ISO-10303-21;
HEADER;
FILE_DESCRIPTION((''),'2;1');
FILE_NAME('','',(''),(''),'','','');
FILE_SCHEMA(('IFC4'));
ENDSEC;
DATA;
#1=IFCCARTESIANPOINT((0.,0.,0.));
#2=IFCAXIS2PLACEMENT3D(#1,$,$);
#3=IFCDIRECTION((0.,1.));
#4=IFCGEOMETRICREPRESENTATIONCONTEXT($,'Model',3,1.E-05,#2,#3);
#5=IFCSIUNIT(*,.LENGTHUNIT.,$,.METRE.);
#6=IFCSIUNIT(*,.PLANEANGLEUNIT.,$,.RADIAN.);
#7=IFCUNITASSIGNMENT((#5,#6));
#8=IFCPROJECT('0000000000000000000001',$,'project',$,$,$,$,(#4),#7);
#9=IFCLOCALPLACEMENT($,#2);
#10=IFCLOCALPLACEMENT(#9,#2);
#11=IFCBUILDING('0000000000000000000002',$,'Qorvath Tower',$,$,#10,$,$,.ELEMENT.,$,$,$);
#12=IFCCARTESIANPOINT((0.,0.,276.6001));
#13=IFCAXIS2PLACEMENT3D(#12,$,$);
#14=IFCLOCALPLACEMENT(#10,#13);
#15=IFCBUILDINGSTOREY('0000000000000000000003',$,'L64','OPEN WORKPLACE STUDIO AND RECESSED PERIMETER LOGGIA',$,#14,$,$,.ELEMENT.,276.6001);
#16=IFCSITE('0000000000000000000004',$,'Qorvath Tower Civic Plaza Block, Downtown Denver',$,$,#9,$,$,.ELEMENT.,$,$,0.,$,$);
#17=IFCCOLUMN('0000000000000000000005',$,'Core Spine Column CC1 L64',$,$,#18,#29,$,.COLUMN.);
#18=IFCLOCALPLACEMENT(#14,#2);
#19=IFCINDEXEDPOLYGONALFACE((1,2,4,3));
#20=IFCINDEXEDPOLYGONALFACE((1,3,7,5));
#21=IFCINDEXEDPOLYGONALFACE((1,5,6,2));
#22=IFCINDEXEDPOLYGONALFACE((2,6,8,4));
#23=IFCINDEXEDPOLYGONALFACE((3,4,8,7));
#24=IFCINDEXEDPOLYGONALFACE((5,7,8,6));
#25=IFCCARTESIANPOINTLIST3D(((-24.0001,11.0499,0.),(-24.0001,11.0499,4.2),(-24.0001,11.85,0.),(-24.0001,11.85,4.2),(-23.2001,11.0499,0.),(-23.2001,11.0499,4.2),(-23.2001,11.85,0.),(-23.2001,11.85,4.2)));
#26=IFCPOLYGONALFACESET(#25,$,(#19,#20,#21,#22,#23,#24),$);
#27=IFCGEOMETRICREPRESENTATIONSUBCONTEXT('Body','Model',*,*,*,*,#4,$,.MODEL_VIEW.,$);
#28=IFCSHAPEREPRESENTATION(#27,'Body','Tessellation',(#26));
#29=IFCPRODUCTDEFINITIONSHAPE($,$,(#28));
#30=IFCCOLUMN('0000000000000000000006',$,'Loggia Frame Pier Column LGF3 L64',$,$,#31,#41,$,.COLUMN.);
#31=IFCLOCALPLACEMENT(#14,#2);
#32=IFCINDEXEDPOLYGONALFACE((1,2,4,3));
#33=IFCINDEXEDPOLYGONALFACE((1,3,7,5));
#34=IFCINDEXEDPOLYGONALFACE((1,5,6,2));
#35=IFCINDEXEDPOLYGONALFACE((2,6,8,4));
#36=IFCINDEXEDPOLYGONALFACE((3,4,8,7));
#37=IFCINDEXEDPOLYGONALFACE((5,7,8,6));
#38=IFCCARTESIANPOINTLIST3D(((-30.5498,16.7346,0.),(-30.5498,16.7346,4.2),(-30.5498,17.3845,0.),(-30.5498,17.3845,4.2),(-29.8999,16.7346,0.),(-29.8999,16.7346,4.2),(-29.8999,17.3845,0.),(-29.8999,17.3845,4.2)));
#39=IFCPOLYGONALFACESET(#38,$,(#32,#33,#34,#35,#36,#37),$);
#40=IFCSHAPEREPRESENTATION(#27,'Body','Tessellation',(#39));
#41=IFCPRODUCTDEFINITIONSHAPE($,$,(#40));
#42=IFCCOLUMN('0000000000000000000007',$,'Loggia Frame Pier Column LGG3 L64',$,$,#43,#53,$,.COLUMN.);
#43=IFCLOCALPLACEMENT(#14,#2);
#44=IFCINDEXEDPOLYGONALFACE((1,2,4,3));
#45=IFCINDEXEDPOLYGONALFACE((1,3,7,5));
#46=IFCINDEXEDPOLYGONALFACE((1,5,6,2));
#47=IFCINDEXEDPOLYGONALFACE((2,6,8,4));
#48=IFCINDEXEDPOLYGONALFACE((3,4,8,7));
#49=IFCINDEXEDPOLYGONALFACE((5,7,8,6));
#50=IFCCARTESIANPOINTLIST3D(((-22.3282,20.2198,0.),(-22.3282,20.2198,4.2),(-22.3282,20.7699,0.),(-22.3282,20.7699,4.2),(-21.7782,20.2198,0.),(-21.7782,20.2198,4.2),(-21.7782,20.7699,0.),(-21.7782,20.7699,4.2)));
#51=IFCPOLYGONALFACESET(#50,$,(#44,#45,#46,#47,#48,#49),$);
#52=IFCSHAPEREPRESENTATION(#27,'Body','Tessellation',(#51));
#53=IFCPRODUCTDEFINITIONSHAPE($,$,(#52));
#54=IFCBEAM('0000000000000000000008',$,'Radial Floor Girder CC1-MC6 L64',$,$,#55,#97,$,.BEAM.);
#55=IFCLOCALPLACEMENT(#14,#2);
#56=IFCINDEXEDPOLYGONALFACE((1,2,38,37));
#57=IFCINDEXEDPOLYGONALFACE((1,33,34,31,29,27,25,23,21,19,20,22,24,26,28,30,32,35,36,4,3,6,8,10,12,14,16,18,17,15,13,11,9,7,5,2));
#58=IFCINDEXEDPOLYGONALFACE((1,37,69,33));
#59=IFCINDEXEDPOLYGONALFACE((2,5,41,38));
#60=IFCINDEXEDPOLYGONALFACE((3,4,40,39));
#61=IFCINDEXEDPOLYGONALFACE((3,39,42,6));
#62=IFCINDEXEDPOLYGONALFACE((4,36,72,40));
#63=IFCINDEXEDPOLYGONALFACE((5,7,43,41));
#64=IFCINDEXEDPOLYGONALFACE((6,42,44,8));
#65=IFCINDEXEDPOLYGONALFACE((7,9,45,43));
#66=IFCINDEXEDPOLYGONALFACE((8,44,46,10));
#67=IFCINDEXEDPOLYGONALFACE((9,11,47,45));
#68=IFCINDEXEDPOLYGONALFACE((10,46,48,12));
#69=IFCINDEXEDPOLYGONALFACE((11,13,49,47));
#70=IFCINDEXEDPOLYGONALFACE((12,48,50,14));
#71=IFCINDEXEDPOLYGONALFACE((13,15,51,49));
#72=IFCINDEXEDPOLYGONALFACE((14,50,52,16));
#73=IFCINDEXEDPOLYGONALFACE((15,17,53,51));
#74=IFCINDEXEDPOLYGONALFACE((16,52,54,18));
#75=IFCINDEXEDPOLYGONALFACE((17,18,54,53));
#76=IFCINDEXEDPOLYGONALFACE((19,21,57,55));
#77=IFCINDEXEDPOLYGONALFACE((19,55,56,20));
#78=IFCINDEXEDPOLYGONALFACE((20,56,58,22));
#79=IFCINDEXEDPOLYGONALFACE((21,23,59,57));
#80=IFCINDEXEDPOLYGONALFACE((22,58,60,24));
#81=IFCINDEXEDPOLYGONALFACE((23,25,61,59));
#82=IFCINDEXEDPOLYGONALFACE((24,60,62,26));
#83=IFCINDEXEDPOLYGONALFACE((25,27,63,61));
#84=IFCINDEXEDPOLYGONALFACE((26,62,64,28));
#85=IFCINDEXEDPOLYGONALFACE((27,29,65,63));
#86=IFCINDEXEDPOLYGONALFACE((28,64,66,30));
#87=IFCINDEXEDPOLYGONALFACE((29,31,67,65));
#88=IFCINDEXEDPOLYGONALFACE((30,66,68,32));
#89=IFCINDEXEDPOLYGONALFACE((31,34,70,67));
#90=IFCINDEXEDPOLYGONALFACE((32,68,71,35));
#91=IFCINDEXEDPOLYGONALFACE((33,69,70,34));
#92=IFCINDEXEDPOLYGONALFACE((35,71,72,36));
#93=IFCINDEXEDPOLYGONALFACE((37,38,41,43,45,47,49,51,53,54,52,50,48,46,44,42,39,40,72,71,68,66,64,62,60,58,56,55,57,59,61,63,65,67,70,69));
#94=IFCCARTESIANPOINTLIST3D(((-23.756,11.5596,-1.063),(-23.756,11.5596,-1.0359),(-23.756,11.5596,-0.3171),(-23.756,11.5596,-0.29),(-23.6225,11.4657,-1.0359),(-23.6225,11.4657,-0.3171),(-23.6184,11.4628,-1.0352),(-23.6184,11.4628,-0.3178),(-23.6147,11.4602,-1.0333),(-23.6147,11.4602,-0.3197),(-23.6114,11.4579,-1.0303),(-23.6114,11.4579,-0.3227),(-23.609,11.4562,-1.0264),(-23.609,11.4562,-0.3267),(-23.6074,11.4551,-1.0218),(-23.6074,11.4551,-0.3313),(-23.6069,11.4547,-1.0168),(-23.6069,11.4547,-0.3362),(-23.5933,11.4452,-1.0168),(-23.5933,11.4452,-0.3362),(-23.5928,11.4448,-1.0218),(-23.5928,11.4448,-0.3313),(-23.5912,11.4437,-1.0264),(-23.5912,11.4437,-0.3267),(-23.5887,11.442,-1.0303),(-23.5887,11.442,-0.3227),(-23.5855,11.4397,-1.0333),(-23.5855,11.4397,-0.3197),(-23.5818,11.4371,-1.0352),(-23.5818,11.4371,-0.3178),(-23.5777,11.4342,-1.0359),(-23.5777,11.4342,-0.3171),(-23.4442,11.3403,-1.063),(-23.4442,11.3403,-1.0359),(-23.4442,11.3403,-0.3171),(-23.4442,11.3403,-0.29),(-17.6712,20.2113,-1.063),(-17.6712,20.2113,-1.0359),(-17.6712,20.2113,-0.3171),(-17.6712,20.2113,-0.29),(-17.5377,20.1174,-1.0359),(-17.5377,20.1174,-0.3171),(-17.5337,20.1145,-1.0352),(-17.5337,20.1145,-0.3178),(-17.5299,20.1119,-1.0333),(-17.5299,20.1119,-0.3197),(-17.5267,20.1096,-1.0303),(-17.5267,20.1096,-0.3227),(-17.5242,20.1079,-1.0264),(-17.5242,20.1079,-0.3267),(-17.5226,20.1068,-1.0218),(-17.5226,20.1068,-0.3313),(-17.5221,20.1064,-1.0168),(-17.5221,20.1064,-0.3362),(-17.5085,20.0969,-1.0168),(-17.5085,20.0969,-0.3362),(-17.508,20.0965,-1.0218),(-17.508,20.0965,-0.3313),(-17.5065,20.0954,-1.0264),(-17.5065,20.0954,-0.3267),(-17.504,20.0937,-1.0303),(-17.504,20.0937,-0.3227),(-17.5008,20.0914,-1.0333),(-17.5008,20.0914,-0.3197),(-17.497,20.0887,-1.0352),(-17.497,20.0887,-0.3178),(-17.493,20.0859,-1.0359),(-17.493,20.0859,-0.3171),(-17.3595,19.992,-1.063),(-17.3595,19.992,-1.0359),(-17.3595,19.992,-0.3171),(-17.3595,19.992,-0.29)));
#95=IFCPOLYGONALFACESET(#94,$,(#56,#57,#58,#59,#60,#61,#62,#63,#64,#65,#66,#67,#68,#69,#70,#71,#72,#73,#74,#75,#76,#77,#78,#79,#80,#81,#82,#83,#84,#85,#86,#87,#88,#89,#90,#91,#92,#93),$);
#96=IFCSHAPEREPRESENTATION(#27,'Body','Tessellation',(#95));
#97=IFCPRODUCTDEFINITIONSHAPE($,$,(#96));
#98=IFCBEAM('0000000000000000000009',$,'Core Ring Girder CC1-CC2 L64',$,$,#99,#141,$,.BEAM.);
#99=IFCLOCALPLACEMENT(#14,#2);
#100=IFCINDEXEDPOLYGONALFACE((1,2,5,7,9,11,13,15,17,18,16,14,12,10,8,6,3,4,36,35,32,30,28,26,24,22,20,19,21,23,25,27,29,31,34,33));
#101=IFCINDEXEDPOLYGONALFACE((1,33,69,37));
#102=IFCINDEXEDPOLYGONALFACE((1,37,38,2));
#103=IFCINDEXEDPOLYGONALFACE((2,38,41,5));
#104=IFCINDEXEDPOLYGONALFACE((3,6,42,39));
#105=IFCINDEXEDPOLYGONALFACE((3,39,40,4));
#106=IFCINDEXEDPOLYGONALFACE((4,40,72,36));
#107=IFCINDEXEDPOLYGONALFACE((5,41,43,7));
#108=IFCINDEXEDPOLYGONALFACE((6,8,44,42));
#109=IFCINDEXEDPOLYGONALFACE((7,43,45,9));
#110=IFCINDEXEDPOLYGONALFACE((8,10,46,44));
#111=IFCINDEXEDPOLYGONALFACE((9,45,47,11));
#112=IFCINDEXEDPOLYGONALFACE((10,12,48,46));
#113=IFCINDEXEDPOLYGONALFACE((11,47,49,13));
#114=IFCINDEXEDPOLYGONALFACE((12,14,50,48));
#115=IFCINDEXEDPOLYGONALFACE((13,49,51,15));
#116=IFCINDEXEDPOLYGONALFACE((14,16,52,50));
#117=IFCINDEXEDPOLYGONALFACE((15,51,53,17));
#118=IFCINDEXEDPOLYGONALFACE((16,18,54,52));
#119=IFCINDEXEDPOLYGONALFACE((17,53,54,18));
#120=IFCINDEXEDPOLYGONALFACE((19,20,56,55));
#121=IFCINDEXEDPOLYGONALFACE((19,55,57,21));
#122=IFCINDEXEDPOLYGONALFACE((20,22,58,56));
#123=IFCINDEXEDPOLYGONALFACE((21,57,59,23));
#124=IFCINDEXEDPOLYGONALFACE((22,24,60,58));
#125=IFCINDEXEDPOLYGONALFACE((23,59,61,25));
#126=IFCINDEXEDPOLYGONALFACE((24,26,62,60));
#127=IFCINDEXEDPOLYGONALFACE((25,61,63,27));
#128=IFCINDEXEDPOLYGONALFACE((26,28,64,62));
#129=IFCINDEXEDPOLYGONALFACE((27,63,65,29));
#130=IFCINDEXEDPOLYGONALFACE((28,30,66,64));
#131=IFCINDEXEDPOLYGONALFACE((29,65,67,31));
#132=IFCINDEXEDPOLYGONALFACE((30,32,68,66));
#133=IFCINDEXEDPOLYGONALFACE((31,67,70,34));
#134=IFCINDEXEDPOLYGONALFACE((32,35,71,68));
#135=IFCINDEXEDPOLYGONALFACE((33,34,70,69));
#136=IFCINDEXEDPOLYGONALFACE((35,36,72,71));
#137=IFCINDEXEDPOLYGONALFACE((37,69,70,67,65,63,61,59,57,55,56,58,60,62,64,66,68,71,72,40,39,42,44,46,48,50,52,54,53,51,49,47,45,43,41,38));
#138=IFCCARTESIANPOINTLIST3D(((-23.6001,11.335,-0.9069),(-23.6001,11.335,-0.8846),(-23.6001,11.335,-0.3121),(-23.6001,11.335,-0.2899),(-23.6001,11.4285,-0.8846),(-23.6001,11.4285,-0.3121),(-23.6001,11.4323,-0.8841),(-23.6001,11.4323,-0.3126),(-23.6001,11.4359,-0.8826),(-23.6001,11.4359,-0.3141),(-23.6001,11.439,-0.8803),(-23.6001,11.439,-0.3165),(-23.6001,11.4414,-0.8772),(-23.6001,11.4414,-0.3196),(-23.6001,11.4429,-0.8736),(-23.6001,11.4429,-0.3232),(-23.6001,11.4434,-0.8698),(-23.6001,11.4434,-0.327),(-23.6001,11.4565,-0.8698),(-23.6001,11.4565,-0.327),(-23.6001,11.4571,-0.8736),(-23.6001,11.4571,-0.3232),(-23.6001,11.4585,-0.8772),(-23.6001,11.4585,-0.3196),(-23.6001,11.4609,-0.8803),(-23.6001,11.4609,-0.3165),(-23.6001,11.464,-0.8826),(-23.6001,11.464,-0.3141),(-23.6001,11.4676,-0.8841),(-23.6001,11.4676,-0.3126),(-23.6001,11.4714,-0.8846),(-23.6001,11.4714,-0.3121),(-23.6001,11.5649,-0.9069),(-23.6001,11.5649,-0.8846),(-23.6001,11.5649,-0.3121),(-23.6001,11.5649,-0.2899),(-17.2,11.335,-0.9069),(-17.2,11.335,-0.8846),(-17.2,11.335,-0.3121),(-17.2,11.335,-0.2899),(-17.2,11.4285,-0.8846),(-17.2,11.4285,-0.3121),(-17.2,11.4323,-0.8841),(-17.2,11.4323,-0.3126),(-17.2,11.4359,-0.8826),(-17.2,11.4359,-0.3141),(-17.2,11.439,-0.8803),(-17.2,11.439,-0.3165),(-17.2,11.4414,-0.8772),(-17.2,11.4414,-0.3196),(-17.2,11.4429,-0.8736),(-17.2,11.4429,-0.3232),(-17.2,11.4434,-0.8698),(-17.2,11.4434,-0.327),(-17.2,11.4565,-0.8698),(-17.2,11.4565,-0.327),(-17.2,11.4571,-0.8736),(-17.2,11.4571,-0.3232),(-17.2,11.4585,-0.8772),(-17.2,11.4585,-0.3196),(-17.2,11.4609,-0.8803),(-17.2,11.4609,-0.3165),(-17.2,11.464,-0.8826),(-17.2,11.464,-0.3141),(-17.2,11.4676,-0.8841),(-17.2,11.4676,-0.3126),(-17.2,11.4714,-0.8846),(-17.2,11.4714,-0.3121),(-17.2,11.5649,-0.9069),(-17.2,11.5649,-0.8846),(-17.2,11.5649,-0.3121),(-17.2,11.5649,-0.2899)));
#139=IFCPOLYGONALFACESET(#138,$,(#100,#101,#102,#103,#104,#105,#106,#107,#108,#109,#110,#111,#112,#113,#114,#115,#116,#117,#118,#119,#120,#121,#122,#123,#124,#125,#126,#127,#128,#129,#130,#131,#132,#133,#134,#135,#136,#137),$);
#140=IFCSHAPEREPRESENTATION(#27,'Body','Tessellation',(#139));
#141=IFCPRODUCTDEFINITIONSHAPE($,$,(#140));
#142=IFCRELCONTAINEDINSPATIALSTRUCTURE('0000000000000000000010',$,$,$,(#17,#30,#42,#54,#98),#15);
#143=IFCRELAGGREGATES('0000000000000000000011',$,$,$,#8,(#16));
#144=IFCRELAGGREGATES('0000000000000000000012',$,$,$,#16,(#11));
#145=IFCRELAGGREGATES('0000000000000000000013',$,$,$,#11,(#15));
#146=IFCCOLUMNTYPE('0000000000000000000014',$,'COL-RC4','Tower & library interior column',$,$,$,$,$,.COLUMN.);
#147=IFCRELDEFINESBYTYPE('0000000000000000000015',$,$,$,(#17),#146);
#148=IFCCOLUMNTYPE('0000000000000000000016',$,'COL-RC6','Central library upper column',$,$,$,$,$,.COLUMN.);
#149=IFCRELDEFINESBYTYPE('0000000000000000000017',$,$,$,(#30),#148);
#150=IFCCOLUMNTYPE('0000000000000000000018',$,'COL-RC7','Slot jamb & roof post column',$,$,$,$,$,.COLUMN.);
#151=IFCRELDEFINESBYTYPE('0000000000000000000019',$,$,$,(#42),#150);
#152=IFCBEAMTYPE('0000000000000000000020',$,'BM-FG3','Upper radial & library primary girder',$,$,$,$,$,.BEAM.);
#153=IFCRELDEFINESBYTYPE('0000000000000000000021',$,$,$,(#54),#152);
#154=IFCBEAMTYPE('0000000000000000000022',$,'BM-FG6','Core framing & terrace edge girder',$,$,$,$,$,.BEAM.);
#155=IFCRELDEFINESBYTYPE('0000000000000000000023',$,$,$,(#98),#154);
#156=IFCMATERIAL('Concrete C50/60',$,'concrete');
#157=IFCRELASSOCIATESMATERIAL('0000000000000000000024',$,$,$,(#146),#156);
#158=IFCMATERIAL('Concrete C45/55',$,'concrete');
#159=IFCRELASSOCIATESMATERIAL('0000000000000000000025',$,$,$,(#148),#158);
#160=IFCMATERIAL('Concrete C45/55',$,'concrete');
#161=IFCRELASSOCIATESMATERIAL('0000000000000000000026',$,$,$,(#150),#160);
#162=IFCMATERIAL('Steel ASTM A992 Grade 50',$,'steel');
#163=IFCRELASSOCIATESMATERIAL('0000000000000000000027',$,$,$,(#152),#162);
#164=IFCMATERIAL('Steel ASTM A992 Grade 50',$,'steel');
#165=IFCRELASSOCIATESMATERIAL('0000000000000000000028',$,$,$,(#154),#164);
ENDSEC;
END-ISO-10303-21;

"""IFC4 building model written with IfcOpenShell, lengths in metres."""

from ifc_helpers import new_model, si_unit, direction, frame, origin, origin_2d, place, context, subcontext, project, spatial, rectangle, i_section, extrude, material, material_profile, profile_set, type_object, element, save


model = new_model("IFC4")

# Units and contexts
model_context = context("Model", 3, precision=1e-05, world=origin(), true_north=direction((0.0, 1.0)))
body_context = subcontext(model_context, "Body", "Model", "MODEL_VIEW")
ifc_project = project(units=[si_unit("LENGTHUNIT", "METRE"), si_unit("PLANEANGLEUNIT", "RADIAN")], contexts=[model_context])

# Site, building, storey
site_placement = place(None, origin())
site = spatial("IfcSite", under=ifc_project, at=site_placement, Name="Qorvath Tower Civic Plaza Block, Downtown Denver", CompositionType="ELEMENT", RefElevation=0.0)
building_placement = place(site_placement, origin())
building = spatial("IfcBuilding", under=site, at=building_placement, Name="Qorvath Tower", CompositionType="ELEMENT")
storey_placement = place(building_placement, frame((0.0, 0.0, 276.6001)))
storey = spatial("IfcBuildingStorey", under=building, at=storey_placement, Name="L64", Description="OPEN WORKPLACE STUDIO AND RECESSED PERIMETER LOGGIA", CompositionType="ELEMENT", Elevation=276.6001)

# Columns
ifc_material_1 = material(Name="Concrete C50/60", Category="concrete")
ifc_material_profile_1 = material_profile(ifc_material_1, rectangle(XDim=0.8, YDim=0.8, at=origin_2d()), Name="RC 800x800")
ifc_profile_set_1 = profile_set([ifc_material_profile_1], Name="Concrete C50/60")
column_type_1 = type_object("IfcColumnType", Name="COL-RC4", Description="Tower & library interior column", PredefinedType="COLUMN", material=ifc_profile_set_1)
column_1_placement = place(storey_placement, frame((-23.6001, 11.45, 0.0), z_axis=(0.0, 0.0, 1.0), x_axis=(1.0, 0.0, 0.0)))
element("IfcColumn", 1, at=column_1_placement, inside=storey, type_object=column_type_1, Name="Core Spine Column CC1 L64", PredefinedType="COLUMN", context=body_context, shape_type="SweptSolid", body=[
    extrude(rectangle(XDim=0.8, YDim=0.8, at=origin_2d()), origin(), (0.0, 0.0, 1.0), 4.2),
])
ifc_material_2 = material(Name="Concrete C45/55", Category="concrete")
ifc_material_profile_2 = material_profile(ifc_material_2, rectangle(XDim=0.6499, YDim=0.6499, at=origin_2d()), Name="RC 650x650")
ifc_profile_set_2 = profile_set([ifc_material_profile_2], Name="Concrete C45/55")
column_type_2 = type_object("IfcColumnType", Name="COL-RC6", Description="Central library upper column", PredefinedType="COLUMN", material=ifc_profile_set_2)
column_2_placement = place(storey_placement, frame((-30.2249, 17.0596, 0.0), z_axis=(0.0, 0.0, 1.0), x_axis=(1.0, 0.0, 0.0)))
element("IfcColumn", 2, at=column_2_placement, inside=storey, type_object=column_type_2, Name="Loggia Frame Pier Column LGF3 L64", PredefinedType="COLUMN", context=body_context, shape_type="SweptSolid", body=[
    extrude(rectangle(XDim=0.6499, YDim=0.6499, at=origin_2d()), origin(), (0.0, 0.0, 1.0), 4.2),
])
ifc_material_3 = material(Name="Concrete C45/55", Category="concrete")
ifc_material_profile_3 = material_profile(ifc_material_3, rectangle(XDim=0.55, YDim=0.55, at=origin_2d()), Name="RC 550x550")
ifc_profile_set_3 = profile_set([ifc_material_profile_3], Name="Concrete C45/55")
column_type_3 = type_object("IfcColumnType", Name="COL-RC7", Description="Slot jamb & roof post column", PredefinedType="COLUMN", material=ifc_profile_set_3)
column_3_placement = place(storey_placement, frame((-22.0532, 20.4949, 0.0), z_axis=(0.0, 0.0, 1.0), x_axis=(1.0, 0.0, 0.0)))
element("IfcColumn", 3, at=column_3_placement, inside=storey, type_object=column_type_3, Name="Loggia Frame Pier Column LGG3 L64", PredefinedType="COLUMN", context=body_context, shape_type="SweptSolid", body=[
    extrude(rectangle(XDim=0.55, YDim=0.55, at=origin_2d()), origin(), (0.0, 0.0, 1.0), 4.2),
])

# Beams
ifc_material_4 = material(Name="Steel ASTM A992 Grade 50", Category="steel")
ifc_material_profile_4 = material_profile(ifc_material_4, i_section(OverallWidth=0.3811, OverallDepth=0.7729, WebThickness=0.0166, FlangeThickness=0.0271, FilletRadius=0.019, at=origin_2d()), Name="W30x173")
ifc_profile_set_4 = profile_set([ifc_material_profile_4], Name="Steel ASTM A992 Grade 50")
beam_type_1 = type_object("IfcBeamType", Name="BM-FG3", Description="Upper radial & library primary girder", PredefinedType="BEAM", material=ifc_profile_set_4)
beam_1_placement = place(storey_placement, frame((-23.6001, 11.45, -0.6765), z_axis=(0.575275, 0.81796, 0.0), x_axis=(-0.81796, 0.575275, 0.0)))
element("IfcBeam", 4, at=beam_1_placement, inside=storey, type_object=beam_type_1, Name="Radial Floor Girder CC1-MC6 L64", PredefinedType="BEAM", context=body_context, shape_type="SweptSolid", body=[
    extrude(i_section(OverallWidth=0.3811, OverallDepth=0.7729, WebThickness=0.0166, FlangeThickness=0.0271, FilletRadius=0.019, at=origin_2d()), origin(), (0.0, 0.0, 1.0), 10.5771),
])
ifc_material_5 = material(Name="Steel ASTM A992 Grade 50", Category="steel")
ifc_material_profile_5 = material_profile(ifc_material_5, i_section(OverallWidth=0.23, OverallDepth=0.6169, WebThickness=0.0132, FlangeThickness=0.0222, FilletRadius=0.0149, at=origin_2d()), Name="W24x94")
ifc_profile_set_5 = profile_set([ifc_material_profile_5], Name="Steel ASTM A992 Grade 50")
beam_type_2 = type_object("IfcBeamType", Name="BM-FG6", Description="Core framing & terrace edge girder", PredefinedType="BEAM", material=ifc_profile_set_5)
beam_2_placement = place(storey_placement, frame((-23.6001, 11.45, -0.5984), z_axis=(1.0, 0.0, 0.0), x_axis=(0.0, 1.0, 0.0)))
element("IfcBeam", 5, at=beam_2_placement, inside=storey, type_object=beam_type_2, Name="Core Ring Girder CC1-CC2 L64", PredefinedType="BEAM", context=body_context, shape_type="SweptSolid", body=[
    extrude(i_section(OverallWidth=0.23, OverallDepth=0.6169, WebThickness=0.0132, FlangeThickness=0.0222, FilletRadius=0.0149, at=origin_2d()), origin(), (0.0, 0.0, 1.0), 6.4001),
])

save(model, "model.ifc")
